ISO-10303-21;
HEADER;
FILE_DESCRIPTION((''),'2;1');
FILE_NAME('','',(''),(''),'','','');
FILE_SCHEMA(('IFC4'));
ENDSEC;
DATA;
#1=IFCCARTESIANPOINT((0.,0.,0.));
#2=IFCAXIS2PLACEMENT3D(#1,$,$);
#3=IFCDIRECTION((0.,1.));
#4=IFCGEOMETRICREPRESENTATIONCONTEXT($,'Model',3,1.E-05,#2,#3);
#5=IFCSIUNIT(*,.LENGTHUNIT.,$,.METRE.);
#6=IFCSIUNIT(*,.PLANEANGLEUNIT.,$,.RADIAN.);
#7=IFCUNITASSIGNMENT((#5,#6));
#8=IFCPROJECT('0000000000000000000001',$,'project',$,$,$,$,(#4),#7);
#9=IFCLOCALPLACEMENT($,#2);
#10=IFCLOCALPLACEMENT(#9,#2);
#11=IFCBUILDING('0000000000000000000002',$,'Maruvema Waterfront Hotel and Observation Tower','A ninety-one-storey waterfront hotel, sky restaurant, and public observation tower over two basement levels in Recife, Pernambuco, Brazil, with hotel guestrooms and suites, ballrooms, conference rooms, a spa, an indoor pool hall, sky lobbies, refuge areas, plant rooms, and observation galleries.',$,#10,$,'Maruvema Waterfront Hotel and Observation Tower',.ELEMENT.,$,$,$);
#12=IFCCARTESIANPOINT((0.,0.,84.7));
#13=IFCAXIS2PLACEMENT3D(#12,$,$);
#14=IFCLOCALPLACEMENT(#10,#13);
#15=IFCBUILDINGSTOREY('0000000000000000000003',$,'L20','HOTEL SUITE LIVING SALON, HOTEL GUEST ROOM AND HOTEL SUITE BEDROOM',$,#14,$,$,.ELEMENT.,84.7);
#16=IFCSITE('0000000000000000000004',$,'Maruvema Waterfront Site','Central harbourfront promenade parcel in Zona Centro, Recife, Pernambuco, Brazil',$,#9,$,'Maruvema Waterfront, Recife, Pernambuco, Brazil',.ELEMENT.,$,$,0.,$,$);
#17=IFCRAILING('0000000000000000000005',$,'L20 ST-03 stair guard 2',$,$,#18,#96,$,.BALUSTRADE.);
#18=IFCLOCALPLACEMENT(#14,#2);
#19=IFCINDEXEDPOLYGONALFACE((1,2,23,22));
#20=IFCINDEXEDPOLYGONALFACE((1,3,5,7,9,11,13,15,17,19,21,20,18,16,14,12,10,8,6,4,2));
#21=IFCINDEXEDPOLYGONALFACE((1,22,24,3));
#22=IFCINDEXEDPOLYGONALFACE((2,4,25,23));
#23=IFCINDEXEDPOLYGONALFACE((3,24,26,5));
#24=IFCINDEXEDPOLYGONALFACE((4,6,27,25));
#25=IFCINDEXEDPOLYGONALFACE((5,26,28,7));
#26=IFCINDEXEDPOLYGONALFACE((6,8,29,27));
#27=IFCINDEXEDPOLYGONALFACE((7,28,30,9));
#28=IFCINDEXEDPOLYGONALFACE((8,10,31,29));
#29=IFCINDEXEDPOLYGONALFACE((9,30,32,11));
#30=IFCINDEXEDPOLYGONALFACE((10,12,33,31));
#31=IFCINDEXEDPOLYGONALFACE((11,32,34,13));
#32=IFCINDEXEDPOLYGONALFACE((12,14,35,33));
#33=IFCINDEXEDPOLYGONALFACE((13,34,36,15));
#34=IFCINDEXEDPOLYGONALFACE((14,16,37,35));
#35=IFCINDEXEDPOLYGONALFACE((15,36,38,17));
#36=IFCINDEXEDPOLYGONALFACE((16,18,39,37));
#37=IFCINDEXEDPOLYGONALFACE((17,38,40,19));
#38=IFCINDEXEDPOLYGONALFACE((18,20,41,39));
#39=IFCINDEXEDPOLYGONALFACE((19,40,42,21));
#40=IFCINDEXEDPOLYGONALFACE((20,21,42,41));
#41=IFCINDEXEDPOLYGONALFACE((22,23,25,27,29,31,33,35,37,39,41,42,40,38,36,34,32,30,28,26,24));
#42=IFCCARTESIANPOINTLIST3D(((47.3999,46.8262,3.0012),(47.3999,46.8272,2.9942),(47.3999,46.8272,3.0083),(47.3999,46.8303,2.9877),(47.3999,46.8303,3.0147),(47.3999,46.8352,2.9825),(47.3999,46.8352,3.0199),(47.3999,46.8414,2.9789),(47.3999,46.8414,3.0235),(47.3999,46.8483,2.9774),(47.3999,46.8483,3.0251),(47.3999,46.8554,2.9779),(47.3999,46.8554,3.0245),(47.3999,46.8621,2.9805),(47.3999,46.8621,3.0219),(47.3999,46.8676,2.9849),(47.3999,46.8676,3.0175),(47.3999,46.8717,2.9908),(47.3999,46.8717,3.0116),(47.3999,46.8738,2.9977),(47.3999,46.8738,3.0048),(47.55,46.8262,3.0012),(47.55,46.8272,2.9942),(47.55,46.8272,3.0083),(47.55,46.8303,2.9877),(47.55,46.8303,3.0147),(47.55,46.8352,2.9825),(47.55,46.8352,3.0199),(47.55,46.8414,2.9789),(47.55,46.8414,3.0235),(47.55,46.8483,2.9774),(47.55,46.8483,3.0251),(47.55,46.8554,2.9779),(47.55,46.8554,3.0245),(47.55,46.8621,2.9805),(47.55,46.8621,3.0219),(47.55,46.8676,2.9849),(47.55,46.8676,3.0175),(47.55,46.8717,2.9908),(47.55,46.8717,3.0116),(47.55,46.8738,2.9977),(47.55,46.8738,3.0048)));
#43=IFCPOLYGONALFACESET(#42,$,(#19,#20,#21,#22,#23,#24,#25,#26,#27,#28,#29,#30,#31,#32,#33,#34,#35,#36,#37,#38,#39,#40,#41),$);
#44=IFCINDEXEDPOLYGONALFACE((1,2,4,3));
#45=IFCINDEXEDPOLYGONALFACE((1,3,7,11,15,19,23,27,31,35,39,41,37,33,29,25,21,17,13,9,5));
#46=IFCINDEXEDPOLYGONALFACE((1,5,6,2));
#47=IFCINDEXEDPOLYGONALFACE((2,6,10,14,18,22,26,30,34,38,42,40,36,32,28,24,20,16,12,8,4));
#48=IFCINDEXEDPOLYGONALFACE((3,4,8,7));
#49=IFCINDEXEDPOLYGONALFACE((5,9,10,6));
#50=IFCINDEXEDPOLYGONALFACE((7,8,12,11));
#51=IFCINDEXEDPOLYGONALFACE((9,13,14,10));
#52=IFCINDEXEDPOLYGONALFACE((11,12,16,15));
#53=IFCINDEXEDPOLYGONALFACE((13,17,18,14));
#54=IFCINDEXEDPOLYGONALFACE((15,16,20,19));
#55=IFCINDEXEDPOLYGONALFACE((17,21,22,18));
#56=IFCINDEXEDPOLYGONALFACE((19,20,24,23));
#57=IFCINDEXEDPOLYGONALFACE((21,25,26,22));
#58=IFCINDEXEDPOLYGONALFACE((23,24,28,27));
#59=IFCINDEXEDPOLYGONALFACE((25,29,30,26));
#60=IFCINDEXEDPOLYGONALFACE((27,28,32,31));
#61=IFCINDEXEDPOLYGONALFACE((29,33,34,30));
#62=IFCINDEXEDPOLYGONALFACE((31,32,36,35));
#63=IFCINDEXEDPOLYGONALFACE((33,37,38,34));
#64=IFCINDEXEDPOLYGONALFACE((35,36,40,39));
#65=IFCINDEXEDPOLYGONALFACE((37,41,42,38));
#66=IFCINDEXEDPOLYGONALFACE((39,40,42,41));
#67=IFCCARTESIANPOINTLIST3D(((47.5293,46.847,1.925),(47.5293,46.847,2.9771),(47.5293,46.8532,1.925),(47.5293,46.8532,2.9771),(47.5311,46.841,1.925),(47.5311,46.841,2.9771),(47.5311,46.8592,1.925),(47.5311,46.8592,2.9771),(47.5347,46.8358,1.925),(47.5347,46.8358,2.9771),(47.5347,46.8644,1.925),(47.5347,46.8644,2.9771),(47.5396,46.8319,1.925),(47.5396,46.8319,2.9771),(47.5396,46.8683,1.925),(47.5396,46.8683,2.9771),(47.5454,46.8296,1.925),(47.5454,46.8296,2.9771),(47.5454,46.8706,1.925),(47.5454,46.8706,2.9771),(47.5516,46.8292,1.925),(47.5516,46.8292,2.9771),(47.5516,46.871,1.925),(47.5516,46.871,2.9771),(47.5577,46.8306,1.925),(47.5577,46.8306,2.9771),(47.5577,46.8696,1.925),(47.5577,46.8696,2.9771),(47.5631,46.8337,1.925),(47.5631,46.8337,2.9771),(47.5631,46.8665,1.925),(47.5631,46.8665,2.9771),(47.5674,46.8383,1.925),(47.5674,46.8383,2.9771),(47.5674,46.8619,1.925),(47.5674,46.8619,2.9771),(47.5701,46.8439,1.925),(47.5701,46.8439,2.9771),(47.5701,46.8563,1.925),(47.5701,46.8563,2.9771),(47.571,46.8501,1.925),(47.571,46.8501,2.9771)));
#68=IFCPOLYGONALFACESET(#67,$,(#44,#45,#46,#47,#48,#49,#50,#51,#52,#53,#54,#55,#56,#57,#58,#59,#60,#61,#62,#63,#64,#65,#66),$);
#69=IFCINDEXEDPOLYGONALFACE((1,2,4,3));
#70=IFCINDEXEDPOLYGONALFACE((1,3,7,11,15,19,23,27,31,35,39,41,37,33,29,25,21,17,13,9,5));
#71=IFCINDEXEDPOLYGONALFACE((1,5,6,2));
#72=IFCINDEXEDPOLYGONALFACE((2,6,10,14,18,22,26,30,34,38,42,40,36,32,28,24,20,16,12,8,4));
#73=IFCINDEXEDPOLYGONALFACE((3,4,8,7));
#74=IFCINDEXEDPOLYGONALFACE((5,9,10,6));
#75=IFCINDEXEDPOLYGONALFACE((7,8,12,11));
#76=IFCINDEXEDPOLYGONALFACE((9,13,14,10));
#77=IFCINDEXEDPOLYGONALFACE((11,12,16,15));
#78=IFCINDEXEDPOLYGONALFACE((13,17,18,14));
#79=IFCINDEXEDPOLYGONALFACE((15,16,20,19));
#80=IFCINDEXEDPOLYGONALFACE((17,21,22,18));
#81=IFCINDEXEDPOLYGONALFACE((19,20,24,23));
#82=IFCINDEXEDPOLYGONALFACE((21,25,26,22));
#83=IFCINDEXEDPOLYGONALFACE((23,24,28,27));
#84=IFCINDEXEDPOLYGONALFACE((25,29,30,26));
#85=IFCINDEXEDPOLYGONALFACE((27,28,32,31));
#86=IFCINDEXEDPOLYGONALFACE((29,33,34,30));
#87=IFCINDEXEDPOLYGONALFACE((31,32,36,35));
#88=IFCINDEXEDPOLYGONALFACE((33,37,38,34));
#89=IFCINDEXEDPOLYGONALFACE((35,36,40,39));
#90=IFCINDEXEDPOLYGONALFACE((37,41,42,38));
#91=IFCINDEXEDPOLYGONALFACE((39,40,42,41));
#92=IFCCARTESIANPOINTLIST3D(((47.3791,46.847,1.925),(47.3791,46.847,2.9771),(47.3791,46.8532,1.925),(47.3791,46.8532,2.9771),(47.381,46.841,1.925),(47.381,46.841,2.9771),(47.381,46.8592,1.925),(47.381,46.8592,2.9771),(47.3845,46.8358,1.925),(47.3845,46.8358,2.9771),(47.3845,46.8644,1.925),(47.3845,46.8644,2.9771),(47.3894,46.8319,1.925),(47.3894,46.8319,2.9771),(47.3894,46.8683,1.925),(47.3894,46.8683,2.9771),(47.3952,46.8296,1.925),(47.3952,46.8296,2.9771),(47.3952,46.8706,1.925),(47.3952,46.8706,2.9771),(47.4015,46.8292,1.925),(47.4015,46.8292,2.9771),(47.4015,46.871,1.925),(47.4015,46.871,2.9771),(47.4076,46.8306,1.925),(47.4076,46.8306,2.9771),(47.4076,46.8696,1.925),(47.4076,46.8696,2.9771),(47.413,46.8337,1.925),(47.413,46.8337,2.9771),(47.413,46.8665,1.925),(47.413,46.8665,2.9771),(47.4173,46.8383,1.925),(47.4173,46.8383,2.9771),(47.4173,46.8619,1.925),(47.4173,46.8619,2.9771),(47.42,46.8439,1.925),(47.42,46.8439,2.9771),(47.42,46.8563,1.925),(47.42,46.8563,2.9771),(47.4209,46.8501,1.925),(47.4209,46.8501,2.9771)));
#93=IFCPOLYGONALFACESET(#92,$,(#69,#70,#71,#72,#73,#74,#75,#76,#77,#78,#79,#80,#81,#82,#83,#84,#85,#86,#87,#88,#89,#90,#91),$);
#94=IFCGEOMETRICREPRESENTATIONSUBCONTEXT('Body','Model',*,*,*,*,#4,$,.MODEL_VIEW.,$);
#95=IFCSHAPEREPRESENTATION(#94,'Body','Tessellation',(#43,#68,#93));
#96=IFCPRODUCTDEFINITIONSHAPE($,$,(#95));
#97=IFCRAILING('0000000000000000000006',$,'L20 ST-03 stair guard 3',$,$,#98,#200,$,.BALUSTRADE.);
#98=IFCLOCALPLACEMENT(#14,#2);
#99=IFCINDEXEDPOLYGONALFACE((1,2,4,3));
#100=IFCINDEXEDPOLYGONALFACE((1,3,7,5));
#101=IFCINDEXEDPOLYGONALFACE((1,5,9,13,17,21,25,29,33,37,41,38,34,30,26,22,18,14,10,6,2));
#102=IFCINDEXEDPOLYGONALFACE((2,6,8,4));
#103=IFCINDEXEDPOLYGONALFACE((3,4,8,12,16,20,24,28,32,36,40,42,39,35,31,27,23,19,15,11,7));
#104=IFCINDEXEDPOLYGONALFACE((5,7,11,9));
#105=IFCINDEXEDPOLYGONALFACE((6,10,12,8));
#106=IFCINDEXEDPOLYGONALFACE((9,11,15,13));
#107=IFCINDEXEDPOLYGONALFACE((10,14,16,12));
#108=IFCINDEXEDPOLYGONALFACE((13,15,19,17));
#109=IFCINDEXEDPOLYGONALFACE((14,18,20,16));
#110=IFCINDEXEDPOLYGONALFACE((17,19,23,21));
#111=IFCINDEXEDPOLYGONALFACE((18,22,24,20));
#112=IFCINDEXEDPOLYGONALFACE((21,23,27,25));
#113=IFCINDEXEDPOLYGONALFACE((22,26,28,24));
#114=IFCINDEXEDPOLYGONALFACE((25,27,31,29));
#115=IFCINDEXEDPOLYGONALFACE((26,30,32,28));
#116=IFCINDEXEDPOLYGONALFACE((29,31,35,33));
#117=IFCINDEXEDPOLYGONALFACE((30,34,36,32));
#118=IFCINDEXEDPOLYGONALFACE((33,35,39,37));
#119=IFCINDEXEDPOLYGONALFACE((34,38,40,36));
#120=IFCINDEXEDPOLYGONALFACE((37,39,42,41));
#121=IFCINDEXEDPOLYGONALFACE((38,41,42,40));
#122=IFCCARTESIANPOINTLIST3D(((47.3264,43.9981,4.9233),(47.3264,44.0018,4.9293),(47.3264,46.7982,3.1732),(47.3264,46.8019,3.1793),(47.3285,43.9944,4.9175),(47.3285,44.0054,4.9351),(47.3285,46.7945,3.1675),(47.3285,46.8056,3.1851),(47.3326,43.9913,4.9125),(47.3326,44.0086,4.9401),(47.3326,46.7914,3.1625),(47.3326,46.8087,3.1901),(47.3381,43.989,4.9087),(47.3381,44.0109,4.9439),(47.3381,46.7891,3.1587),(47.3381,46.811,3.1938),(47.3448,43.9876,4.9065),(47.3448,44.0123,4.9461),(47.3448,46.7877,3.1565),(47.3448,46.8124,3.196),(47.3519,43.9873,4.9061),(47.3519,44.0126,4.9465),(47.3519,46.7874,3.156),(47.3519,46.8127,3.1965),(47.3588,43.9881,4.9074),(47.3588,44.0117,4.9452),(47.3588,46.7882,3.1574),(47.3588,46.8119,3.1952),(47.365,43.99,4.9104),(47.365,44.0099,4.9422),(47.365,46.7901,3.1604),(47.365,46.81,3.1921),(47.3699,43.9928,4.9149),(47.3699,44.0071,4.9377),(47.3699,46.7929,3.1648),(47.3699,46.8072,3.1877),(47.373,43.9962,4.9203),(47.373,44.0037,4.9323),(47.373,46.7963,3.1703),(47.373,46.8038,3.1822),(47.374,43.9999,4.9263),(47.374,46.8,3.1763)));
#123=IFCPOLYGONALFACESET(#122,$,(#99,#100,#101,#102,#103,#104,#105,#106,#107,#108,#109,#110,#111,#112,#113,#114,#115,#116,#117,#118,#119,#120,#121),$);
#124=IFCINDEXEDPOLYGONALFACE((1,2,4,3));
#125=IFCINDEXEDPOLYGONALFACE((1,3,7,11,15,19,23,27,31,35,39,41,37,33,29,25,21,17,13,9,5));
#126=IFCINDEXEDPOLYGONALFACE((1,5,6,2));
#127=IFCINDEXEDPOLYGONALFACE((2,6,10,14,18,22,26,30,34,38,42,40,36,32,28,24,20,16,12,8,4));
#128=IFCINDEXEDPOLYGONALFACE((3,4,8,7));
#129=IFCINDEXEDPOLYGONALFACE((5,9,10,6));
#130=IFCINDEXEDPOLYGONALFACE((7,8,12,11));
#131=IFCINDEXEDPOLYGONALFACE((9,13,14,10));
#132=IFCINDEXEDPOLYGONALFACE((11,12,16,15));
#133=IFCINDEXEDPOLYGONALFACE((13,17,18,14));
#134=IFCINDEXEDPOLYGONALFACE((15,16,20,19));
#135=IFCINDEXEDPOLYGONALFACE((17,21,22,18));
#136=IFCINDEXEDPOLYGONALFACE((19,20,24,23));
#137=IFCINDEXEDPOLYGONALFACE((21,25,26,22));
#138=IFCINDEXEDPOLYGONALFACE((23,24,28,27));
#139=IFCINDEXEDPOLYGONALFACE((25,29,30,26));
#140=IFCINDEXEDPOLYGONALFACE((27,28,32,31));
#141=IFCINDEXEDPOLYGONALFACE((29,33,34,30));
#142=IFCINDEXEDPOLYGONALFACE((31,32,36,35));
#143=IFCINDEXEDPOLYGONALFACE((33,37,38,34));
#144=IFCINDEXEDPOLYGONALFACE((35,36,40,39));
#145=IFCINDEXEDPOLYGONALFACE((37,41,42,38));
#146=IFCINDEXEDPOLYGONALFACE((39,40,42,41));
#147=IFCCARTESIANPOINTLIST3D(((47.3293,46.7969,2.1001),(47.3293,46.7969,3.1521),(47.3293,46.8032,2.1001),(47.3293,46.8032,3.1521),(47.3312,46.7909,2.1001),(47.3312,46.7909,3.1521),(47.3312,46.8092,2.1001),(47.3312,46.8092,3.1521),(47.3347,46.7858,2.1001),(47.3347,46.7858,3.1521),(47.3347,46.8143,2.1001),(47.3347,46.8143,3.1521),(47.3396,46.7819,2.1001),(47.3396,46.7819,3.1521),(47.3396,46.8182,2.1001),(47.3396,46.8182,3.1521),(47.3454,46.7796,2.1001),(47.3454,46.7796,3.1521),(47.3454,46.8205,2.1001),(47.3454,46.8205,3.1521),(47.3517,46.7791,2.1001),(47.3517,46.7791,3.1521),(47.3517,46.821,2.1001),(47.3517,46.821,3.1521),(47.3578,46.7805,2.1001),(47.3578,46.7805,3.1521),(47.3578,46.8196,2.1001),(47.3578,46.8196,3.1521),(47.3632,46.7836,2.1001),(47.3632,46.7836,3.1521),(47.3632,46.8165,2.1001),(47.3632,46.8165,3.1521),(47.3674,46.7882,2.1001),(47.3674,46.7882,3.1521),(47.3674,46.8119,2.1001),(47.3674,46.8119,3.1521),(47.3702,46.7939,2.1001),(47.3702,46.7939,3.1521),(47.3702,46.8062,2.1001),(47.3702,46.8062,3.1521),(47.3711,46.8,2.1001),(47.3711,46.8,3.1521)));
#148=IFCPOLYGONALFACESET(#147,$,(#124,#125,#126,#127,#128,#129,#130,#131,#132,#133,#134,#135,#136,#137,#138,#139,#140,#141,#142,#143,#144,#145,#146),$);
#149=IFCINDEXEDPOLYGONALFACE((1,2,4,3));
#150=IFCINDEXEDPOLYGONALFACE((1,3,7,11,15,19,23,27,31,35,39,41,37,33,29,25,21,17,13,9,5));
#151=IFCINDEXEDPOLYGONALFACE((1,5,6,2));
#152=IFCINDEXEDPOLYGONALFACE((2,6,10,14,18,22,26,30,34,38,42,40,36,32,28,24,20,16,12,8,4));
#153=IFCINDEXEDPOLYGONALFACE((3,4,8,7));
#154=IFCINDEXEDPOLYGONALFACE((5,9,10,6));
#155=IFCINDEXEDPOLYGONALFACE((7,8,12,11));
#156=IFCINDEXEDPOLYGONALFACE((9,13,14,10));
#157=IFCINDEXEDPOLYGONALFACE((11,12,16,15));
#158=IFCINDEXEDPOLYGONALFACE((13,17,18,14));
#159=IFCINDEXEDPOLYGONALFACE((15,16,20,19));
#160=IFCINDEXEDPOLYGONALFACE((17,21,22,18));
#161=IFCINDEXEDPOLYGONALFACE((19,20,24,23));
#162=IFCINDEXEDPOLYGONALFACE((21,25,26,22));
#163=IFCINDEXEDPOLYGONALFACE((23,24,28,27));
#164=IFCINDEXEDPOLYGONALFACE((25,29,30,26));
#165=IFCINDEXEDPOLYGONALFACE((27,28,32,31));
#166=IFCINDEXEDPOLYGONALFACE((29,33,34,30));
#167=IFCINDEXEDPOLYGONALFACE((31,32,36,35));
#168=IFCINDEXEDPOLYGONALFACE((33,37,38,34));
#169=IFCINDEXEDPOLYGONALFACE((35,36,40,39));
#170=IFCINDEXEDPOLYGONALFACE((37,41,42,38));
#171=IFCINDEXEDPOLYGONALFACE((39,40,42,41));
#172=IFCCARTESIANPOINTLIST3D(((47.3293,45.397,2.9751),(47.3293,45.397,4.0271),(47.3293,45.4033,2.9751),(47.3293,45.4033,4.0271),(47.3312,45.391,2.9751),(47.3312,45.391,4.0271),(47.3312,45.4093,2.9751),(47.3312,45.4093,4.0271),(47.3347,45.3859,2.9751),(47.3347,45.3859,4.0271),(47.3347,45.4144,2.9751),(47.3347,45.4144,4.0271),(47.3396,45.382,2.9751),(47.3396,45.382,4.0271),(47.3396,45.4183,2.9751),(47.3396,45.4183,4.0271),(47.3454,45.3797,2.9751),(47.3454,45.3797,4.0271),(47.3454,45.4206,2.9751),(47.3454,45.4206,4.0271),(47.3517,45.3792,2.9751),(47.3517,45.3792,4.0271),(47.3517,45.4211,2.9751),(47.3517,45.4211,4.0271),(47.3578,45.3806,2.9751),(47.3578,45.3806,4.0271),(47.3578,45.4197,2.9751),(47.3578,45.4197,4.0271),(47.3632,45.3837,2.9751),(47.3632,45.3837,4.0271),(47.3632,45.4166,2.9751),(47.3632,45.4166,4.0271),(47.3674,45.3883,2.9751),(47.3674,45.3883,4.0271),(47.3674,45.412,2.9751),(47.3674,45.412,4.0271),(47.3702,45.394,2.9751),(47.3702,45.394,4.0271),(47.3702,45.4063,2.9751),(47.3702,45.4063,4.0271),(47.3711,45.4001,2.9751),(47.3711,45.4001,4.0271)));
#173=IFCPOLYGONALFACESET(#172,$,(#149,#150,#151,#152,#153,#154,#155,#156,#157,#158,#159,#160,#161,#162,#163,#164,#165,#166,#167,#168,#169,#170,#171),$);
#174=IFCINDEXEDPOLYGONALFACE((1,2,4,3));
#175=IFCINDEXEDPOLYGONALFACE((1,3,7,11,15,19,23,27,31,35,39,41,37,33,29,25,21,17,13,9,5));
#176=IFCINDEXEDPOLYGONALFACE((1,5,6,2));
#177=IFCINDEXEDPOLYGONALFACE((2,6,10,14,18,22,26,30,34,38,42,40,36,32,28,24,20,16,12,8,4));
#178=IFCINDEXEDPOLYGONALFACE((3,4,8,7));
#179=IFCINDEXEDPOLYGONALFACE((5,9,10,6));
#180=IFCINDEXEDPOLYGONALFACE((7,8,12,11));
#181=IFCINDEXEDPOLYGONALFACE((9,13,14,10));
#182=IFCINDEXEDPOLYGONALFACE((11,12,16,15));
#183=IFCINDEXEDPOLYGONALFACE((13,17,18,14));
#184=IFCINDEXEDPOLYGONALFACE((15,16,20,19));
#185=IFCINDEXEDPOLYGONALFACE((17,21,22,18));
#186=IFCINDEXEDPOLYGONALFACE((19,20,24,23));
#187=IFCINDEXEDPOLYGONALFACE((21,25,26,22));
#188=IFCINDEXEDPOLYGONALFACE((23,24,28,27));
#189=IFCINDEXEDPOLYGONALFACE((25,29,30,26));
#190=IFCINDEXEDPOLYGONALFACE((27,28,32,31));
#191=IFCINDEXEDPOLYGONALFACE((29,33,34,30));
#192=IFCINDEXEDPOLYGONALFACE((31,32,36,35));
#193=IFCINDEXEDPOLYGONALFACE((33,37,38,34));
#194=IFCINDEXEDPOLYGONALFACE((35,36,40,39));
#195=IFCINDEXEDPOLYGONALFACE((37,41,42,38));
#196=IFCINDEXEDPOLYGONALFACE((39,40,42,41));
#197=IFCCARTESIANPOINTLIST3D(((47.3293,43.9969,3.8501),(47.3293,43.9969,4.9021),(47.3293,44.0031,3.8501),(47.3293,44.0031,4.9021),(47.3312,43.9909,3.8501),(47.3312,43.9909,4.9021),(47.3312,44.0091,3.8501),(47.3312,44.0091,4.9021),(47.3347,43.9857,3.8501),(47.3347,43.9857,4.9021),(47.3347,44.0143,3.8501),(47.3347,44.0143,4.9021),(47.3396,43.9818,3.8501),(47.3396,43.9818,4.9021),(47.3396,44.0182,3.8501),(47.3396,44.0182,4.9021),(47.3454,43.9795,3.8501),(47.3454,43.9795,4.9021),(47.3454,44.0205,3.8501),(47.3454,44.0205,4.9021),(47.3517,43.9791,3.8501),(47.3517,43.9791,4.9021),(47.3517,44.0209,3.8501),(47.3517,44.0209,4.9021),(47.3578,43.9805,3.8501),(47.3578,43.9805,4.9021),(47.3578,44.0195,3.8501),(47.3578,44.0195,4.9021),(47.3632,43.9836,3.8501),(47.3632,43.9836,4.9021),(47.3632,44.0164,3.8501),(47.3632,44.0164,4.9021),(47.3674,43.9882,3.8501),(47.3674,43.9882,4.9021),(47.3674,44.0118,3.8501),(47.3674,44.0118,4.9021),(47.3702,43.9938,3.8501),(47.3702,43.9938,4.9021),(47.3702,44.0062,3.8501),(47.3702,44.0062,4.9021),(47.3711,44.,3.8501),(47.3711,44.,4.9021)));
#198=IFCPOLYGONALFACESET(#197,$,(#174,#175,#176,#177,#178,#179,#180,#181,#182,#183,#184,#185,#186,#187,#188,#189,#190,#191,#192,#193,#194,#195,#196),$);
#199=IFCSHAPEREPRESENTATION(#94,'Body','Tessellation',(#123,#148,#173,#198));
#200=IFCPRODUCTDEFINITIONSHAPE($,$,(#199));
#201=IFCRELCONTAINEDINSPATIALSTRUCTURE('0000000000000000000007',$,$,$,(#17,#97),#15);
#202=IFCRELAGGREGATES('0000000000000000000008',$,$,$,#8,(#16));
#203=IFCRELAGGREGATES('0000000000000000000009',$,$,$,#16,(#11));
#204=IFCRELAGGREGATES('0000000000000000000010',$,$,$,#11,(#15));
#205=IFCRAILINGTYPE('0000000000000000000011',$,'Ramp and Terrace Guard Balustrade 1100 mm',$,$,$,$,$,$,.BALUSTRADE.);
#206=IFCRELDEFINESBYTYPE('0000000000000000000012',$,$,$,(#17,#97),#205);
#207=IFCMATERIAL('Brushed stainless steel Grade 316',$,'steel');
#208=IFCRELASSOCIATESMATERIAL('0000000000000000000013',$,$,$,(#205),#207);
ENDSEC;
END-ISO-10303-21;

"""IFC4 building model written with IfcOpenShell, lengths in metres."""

from ifc_helpers import new_model, si_unit, direction, frame, origin, origin_2d, place, context, subcontext, project, spatial, circle, extrude, material, type_object, element, save


model = new_model("IFC4")

# Units and contexts
model_context = context("Model", 3, precision=1e-05, world=origin(), true_north=direction((0.0, 1.0)))
body_context = subcontext(model_context, "Body", "Model", "MODEL_VIEW")
ifc_project = project(units=[si_unit("LENGTHUNIT", "METRE"), si_unit("PLANEANGLEUNIT", "RADIAN")], contexts=[model_context])

# Site, building, storey
site_placement = place(None, origin())
site = spatial("IfcSite", under=ifc_project, at=site_placement, Name="Maruvema Waterfront Site", Description="Central harbourfront promenade parcel in Zona Centro, Recife, Pernambuco, Brazil", LongName="Maruvema Waterfront, Recife, Pernambuco, Brazil", CompositionType="ELEMENT", RefElevation=0.0)
building_placement = place(site_placement, origin())
building = spatial("IfcBuilding", under=site, at=building_placement, Name="Maruvema Waterfront Hotel and Observation Tower", Description="A ninety-one-storey waterfront hotel, sky restaurant, and public observation tower over two basement levels in Recife, Pernambuco, Brazil, with hotel guestrooms and suites, ballrooms, conference rooms, a spa, an indoor pool hall, sky lobbies, refuge areas, plant rooms, and observation galleries.", LongName="Maruvema Waterfront Hotel and Observation Tower", CompositionType="ELEMENT")
storey_placement = place(building_placement, frame((0.0, 0.0, 84.7)))
storey = spatial("IfcBuildingStorey", under=building, at=storey_placement, Name="L20", Description="HOTEL SUITE LIVING SALON, HOTEL GUEST ROOM AND HOTEL SUITE BEDROOM", CompositionType="ELEMENT", Elevation=84.7)

# Railings
ifc_material_1 = material(Name="Brushed stainless steel Grade 316", Category="steel")
railing_type_1 = type_object("IfcRailingType", Name="Ramp and Terrace Guard Balustrade 1100 mm", PredefinedType="BALUSTRADE", material=ifc_material_1)
railing_1_placement = place(storey_placement, frame((47.55, 46.8501, 1.925)))
element("IfcRailing", 1, at=railing_1_placement, inside=storey, type_object=railing_type_1, Name="L20 ST-03 stair guard 2", PredefinedType="BALUSTRADE", context=body_context, shape_type="SweptSolid", body=[
    extrude(circle(Radius=0.0239, at=origin_2d()), frame((0.0, 0.0, 1.0762), z_axis=(-1.0, 0.0, 0.0), x_axis=(0.0, -1.0, 0.0)), (0.0, 0.0, 1.0), 0.1501),
    extrude(circle(Radius=0.021, at=origin_2d()), origin(), (0.0, 0.0, 1.0), 1.052),
    extrude(circle(Radius=0.021, at=origin_2d()), frame((-0.1501, 0.0, 0.0)), (0.0, 0.0, 1.0), 1.052),
])
railing_2_placement = place(storey_placement, frame((47.3501, 46.8, 2.1001)))
element("IfcRailing", 2, at=railing_2_placement, inside=storey, type_object=railing_type_1, Name="L20 ST-03 stair guard 3", PredefinedType="BALUSTRADE", context=body_context, shape_type="SweptSolid", body=[
    extrude(circle(Radius=0.0239, at=origin_2d()), frame((0.0, 0.0, 1.0762), z_axis=(0.0, -0.848002, 0.529992), x_axis=(1.0, 0.0, 0.0)), (0.0, 0.0, 1.0), 3.302),
    extrude(circle(Radius=0.021, at=origin_2d()), origin(), (0.0, 0.0, 1.0), 1.052),
    extrude(circle(Radius=0.021, at=origin_2d()), frame((0.0, -1.3999, 0.875)), (0.0, 0.0, 1.0), 1.052),
    extrude(circle(Radius=0.021, at=origin_2d()), frame((0.0, -2.8, 1.75)), (0.0, 0.0, 1.0), 1.052),
])

save(model, "model.ifc")
